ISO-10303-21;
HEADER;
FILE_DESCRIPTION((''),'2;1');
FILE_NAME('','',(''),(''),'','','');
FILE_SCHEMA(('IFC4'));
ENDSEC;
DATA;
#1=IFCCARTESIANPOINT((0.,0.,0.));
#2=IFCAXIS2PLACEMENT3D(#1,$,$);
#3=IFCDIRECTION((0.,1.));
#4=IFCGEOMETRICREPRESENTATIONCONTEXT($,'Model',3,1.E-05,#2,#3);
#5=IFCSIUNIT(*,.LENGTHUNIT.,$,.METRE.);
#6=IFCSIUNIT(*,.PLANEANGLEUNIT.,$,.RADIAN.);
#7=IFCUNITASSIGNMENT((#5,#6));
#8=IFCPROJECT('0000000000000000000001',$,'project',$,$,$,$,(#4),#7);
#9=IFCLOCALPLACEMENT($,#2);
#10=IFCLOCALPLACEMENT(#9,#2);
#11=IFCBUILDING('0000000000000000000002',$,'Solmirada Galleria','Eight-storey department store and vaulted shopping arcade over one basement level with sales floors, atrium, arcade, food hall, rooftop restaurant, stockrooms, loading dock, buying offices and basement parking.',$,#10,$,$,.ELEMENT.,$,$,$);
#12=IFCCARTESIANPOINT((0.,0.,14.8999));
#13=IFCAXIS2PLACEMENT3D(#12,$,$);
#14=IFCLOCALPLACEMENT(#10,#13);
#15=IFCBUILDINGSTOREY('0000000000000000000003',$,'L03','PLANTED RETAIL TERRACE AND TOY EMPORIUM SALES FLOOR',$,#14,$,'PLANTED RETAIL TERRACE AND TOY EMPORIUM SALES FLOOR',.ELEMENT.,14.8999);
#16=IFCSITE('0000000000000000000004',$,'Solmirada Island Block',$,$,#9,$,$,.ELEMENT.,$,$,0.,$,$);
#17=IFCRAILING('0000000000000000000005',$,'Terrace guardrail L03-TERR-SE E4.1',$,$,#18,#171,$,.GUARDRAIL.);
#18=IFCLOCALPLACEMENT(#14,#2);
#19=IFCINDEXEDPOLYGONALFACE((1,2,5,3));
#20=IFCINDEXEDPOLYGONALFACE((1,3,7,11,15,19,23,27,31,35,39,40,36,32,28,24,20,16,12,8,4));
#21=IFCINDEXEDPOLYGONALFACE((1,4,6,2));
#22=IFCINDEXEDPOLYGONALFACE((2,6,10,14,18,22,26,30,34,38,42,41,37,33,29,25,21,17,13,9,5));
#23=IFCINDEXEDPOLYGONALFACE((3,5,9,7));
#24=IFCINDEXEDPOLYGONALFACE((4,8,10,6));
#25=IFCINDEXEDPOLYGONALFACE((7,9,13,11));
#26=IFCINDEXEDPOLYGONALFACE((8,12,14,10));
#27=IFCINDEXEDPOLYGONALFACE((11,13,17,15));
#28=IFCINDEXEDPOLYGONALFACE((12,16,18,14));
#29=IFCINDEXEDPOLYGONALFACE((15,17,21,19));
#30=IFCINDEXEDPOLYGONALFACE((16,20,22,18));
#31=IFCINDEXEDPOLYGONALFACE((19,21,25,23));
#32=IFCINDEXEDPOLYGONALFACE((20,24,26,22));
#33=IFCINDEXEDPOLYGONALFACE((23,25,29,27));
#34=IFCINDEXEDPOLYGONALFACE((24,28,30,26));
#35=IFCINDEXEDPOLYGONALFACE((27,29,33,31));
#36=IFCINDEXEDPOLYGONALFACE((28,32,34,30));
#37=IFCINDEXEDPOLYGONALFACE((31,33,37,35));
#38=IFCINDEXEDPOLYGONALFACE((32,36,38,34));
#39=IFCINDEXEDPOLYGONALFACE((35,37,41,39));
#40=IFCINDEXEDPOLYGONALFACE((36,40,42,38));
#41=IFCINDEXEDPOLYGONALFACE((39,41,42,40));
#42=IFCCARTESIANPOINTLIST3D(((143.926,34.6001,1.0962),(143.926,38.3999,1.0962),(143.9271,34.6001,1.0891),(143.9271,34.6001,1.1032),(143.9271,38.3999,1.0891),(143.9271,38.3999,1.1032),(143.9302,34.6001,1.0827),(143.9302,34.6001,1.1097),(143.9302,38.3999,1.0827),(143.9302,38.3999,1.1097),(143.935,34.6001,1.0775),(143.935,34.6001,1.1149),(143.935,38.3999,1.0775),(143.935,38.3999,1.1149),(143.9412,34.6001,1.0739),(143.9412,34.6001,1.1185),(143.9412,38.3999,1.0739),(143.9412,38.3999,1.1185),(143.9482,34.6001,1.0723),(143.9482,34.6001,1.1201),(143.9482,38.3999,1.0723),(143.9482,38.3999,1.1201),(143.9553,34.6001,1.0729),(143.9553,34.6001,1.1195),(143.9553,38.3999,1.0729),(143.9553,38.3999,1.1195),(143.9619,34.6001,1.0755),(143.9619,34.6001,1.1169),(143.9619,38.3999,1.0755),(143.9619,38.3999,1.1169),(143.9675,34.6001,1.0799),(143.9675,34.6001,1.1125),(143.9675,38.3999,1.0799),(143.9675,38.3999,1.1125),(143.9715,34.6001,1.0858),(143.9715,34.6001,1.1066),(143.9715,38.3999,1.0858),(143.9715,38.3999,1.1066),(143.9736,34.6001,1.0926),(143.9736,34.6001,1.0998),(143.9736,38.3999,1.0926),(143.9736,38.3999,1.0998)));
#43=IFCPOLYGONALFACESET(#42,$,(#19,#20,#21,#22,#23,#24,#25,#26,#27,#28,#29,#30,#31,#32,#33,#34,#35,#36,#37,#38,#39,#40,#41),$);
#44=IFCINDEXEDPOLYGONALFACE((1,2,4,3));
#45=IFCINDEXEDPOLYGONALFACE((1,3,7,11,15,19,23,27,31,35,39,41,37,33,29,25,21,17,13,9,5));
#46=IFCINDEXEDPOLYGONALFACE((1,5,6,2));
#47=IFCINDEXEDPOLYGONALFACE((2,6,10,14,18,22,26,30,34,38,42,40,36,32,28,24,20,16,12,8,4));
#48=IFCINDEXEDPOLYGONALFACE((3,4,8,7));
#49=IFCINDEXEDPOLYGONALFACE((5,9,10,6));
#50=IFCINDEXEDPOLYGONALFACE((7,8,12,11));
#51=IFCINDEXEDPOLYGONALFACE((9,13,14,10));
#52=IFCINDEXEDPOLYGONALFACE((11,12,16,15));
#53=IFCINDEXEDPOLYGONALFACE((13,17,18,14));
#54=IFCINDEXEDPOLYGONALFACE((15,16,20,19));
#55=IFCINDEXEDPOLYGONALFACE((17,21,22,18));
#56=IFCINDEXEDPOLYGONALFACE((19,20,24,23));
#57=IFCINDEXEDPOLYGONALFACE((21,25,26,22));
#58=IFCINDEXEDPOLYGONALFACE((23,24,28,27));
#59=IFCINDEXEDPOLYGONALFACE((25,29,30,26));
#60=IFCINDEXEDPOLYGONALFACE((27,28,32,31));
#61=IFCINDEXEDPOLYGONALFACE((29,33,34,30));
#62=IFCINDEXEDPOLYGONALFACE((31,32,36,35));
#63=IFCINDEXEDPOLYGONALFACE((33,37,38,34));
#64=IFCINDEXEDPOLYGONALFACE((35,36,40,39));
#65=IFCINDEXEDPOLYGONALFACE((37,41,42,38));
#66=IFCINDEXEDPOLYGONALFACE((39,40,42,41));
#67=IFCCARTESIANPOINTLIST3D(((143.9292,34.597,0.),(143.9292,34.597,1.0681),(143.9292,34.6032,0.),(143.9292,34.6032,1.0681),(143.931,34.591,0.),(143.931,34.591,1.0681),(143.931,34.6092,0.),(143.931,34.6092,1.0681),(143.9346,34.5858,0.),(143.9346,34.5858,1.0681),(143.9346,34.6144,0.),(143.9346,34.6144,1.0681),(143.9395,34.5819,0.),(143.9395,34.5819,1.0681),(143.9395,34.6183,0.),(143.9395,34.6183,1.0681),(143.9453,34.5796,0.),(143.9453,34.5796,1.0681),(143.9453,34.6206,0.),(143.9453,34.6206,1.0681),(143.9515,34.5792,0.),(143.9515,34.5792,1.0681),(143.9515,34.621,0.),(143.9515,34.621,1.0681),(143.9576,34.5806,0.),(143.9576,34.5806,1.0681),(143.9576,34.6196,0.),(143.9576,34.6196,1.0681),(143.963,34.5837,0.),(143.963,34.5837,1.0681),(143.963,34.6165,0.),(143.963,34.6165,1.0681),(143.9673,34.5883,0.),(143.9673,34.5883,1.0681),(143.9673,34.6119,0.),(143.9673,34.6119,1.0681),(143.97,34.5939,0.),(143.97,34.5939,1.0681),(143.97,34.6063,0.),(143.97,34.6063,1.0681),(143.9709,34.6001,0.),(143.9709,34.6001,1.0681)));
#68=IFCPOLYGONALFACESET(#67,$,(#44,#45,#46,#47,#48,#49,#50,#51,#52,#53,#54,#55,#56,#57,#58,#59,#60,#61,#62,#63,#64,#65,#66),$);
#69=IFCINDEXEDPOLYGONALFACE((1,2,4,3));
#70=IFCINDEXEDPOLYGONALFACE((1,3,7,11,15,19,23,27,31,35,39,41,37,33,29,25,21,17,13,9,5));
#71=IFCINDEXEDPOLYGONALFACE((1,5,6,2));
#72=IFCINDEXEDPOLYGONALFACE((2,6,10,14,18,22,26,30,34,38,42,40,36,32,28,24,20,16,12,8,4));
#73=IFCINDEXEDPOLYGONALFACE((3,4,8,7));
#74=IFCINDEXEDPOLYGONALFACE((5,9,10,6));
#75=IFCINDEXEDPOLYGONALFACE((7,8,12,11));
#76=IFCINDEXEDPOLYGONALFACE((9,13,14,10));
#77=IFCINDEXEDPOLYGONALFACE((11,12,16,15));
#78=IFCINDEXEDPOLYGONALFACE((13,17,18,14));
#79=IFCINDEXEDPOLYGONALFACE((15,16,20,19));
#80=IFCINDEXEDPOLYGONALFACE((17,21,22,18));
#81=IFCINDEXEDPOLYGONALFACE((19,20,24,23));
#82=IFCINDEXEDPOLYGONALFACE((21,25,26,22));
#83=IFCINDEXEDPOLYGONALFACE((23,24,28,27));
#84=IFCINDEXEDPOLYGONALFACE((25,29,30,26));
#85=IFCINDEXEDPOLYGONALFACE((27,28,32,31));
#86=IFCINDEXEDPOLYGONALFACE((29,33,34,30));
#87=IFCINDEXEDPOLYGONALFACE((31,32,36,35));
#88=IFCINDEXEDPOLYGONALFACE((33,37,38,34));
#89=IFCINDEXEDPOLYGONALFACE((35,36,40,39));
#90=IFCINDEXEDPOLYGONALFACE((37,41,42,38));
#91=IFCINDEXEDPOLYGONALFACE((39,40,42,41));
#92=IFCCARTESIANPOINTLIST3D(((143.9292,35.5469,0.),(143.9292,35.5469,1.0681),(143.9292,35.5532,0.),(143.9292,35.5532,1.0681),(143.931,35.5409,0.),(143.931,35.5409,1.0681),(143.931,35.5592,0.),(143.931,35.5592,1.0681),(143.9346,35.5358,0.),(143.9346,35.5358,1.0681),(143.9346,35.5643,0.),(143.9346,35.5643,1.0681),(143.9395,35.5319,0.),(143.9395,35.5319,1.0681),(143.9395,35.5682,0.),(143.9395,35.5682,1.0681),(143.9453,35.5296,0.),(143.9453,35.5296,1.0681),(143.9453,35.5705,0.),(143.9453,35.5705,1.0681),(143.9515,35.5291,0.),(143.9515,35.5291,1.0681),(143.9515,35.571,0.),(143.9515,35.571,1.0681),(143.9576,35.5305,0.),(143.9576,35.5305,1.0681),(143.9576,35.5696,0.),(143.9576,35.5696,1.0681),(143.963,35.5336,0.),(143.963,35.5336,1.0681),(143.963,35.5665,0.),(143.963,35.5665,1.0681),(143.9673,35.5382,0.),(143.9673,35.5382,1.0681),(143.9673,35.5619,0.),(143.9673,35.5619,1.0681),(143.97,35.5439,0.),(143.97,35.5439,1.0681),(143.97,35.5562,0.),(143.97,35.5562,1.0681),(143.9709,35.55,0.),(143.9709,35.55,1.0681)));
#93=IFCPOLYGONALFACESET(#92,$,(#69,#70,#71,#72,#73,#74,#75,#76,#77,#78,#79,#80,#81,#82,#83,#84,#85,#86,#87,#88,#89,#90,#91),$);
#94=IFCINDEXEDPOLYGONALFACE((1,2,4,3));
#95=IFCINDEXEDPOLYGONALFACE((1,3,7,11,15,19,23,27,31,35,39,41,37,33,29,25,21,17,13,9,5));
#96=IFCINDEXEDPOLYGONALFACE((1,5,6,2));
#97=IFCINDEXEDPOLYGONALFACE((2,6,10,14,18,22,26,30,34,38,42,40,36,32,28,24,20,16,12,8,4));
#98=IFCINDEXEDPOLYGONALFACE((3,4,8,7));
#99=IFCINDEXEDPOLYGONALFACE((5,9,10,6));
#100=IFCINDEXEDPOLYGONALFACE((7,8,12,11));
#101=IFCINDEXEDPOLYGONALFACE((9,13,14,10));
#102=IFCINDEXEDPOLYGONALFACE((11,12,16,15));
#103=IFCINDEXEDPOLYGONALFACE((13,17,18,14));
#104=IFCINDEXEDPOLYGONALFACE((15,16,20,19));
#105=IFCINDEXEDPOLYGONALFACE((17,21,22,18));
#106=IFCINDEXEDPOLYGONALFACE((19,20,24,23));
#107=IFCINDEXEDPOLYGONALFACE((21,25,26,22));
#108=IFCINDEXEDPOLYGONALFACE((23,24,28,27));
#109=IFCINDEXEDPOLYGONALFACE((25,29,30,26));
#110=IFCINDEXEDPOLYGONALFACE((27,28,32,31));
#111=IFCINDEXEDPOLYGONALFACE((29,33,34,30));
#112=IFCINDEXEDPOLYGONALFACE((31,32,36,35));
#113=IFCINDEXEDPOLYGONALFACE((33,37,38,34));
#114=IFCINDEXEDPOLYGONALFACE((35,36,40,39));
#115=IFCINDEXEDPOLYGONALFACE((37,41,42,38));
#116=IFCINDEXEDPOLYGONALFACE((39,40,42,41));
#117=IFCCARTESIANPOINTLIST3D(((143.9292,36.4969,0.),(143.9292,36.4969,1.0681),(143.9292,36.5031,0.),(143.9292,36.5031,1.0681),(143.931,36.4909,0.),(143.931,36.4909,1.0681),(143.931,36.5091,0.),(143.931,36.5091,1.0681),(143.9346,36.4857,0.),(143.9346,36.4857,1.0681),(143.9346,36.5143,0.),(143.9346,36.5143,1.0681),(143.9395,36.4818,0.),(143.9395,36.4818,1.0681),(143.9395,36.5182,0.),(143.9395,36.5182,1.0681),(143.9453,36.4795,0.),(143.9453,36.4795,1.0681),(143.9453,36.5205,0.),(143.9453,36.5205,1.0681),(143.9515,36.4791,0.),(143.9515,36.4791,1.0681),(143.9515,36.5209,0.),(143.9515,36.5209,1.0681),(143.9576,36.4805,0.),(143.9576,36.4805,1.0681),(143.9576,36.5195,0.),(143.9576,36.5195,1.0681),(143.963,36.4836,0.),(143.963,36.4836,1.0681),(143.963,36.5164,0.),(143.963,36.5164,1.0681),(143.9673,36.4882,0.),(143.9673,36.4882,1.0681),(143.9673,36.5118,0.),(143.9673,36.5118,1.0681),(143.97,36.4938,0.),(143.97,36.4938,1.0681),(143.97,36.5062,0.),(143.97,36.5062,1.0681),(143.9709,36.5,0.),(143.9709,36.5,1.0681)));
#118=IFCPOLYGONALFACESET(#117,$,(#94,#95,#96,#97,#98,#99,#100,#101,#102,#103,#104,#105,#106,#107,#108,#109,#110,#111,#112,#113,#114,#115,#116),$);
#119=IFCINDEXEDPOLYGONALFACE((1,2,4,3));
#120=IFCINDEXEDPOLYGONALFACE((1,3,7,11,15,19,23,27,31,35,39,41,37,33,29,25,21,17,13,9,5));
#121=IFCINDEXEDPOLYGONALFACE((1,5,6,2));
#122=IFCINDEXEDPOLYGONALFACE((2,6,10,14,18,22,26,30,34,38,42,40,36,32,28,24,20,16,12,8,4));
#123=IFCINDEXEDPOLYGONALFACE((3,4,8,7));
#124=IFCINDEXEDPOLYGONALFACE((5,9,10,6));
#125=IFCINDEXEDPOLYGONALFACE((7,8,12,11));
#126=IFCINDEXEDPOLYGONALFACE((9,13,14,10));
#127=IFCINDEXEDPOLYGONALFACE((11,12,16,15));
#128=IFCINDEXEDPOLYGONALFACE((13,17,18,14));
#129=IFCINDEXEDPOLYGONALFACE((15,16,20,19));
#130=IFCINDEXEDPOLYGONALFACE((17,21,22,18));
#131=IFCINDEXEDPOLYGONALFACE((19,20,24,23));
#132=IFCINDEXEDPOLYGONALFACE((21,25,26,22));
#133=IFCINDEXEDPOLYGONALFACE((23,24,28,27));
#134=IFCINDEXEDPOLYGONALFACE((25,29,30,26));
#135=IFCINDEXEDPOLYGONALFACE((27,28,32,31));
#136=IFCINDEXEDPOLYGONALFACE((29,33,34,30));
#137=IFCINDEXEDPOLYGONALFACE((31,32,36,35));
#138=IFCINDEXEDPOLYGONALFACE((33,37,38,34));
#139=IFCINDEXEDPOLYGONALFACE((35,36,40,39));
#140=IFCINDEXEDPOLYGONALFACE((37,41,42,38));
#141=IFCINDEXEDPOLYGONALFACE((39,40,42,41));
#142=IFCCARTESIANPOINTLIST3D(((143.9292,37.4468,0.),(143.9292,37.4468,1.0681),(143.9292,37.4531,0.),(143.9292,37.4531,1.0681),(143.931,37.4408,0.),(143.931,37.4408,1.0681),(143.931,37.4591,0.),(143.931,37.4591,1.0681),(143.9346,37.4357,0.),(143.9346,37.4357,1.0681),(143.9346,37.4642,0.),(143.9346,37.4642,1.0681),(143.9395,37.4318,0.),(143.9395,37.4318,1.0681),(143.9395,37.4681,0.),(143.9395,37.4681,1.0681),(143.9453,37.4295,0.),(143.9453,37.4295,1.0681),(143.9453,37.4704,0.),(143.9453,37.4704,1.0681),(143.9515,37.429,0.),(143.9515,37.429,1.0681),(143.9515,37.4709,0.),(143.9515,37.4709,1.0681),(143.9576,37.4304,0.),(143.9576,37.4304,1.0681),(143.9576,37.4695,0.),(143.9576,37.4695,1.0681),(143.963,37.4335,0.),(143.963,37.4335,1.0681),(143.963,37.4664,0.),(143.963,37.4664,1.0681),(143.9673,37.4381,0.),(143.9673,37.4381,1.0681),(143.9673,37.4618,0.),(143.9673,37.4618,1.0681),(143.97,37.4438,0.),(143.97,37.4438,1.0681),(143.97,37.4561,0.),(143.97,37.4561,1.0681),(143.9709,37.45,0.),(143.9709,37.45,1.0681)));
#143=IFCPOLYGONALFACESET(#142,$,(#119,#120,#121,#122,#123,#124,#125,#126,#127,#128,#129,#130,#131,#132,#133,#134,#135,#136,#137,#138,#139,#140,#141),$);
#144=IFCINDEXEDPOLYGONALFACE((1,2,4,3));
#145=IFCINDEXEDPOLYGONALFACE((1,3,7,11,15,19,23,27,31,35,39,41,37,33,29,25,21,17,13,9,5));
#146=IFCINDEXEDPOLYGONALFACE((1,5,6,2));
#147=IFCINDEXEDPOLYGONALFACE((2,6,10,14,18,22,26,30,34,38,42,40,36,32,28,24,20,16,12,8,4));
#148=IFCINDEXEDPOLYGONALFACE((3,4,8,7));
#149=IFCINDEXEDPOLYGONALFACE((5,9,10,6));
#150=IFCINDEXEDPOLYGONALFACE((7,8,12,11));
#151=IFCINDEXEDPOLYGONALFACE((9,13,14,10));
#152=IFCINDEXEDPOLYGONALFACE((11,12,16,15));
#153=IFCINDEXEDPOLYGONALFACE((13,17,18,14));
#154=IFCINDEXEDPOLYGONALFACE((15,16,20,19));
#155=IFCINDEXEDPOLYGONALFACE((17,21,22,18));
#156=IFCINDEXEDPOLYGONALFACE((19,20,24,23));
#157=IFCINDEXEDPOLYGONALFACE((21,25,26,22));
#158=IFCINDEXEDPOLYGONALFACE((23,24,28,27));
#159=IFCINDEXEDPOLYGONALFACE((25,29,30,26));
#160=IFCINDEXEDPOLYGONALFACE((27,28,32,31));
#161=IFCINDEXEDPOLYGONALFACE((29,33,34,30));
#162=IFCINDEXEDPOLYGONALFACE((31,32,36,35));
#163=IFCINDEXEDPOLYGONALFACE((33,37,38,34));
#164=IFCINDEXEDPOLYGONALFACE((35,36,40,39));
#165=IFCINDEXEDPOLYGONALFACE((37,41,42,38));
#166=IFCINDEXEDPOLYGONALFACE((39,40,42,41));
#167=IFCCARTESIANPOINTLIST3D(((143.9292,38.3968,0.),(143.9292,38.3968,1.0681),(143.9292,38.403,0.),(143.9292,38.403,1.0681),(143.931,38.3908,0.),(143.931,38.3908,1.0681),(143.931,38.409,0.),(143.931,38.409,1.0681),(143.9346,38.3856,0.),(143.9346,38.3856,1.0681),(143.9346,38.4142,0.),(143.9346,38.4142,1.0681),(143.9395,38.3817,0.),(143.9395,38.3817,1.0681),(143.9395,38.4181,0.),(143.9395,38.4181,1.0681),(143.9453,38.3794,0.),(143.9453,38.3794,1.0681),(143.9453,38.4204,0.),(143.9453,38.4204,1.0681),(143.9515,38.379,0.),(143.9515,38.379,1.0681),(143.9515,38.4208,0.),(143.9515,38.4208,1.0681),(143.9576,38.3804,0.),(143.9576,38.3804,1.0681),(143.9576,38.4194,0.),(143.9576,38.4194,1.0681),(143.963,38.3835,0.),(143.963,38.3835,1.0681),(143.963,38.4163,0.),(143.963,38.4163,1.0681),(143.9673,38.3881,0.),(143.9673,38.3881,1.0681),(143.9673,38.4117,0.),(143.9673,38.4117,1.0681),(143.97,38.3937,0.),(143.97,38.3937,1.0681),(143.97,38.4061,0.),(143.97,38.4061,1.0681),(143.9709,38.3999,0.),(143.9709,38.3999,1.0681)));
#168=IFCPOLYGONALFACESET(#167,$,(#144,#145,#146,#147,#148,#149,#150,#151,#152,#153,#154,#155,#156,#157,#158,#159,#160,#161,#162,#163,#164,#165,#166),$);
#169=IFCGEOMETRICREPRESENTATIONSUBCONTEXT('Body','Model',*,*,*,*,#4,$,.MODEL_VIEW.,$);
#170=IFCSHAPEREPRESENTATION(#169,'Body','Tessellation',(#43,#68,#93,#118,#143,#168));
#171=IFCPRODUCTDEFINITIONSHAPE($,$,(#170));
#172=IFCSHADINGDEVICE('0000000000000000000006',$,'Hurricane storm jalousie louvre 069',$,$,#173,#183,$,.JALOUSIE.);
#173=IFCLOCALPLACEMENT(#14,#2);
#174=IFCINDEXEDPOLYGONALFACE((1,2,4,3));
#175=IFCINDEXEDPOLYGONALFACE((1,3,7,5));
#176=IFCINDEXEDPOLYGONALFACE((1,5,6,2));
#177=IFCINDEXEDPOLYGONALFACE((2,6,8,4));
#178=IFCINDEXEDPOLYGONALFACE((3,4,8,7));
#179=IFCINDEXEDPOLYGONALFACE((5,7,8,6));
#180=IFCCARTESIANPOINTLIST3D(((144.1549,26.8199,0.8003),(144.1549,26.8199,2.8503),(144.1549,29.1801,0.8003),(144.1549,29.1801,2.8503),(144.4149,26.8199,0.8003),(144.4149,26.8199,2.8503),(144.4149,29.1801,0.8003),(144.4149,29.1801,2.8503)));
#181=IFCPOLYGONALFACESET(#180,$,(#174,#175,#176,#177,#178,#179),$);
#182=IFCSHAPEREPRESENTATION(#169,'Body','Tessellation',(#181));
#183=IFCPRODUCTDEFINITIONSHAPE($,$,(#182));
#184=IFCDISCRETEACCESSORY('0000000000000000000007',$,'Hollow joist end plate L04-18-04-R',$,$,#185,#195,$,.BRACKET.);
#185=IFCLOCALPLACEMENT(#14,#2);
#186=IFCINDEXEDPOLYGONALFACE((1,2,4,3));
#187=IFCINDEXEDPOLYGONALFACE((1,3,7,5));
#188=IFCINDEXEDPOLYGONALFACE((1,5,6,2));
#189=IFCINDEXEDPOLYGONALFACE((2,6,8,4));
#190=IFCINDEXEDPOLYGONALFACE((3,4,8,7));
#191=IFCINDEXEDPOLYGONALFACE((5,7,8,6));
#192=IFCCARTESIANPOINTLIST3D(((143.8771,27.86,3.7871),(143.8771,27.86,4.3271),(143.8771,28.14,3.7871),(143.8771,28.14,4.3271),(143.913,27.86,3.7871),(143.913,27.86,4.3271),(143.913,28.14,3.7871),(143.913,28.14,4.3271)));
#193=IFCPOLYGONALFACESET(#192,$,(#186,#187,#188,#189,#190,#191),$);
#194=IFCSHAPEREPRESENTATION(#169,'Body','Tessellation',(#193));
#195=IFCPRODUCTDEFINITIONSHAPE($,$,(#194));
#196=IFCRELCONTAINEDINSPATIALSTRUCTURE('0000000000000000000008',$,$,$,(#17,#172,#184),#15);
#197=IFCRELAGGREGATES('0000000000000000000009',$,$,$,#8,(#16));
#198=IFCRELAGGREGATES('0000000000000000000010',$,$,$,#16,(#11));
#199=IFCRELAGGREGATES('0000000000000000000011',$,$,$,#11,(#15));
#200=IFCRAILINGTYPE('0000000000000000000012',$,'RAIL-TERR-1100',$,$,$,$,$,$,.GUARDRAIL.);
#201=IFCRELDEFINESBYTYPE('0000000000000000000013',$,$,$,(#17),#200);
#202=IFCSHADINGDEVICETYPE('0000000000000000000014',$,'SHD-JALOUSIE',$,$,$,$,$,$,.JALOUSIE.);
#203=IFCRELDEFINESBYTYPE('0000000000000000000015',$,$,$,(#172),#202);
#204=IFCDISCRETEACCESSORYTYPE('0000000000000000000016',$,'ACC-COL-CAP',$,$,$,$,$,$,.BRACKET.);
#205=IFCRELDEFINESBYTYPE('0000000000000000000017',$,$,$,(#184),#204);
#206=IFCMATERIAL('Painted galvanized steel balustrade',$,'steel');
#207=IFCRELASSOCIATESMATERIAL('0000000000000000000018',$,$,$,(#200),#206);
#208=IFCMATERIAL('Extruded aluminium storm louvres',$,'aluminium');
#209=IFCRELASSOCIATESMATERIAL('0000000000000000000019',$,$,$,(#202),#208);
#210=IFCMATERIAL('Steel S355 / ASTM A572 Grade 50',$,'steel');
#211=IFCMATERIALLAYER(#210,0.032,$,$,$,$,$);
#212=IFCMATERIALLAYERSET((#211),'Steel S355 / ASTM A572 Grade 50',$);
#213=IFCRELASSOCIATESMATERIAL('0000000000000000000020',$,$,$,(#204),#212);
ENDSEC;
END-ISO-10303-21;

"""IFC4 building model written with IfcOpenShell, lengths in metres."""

from ifc_helpers import new_model, si_unit, direction, frame, origin, origin_2d, place, context, subcontext, project, spatial, rectangle, circle, extrude, material, layer, layer_set, type_object, element, save


model = new_model("IFC4")

# Units and contexts
model_context = context("Model", 3, precision=1e-05, world=origin(), true_north=direction((0.0, 1.0)))
body_context = subcontext(model_context, "Body", "Model", "MODEL_VIEW")
ifc_project = project(units=[si_unit("LENGTHUNIT", "METRE"), si_unit("PLANEANGLEUNIT", "RADIAN")], contexts=[model_context])

# Site, building, storey
site_placement = place(None, origin())
site = spatial("IfcSite", under=ifc_project, at=site_placement, Name="Solmirada Island Block", CompositionType="ELEMENT", RefElevation=0.0)
building_placement = place(site_placement, origin())
building = spatial("IfcBuilding", under=site, at=building_placement, Name="Solmirada Galleria", Description="Eight-storey department store and vaulted shopping arcade over one basement level with sales floors, atrium, arcade, food hall, rooftop restaurant, stockrooms, loading dock, buying offices and basement parking.", CompositionType="ELEMENT")
storey_placement = place(building_placement, frame((0.0, 0.0, 14.8999)))
storey = spatial("IfcBuildingStorey", under=building, at=storey_placement, Name="L03", Description="PLANTED RETAIL TERRACE AND TOY EMPORIUM SALES FLOOR", LongName="PLANTED RETAIL TERRACE AND TOY EMPORIUM SALES FLOOR", CompositionType="ELEMENT", Elevation=14.8999)

# Railing
ifc_material_1 = material(Name="Painted galvanized steel balustrade", Category="steel")
railing_type = type_object("IfcRailingType", Name="RAIL-TERR-1100", PredefinedType="GUARDRAIL", material=ifc_material_1)
railing_1_placement = place(storey_placement, frame((143.95, 34.6001, 0.0)))
element("IfcRailing", 1, at=railing_1_placement, inside=storey, type_object=railing_type, Name="Terrace guardrail L03-TERR-SE E4.1", PredefinedType="GUARDRAIL", context=body_context, shape_type="SweptSolid", body=[
    extrude(circle(Radius=0.0239, at=origin_2d()), frame((0.0, 0.0, 1.0962), z_axis=(0.0, 1.0, 0.0), x_axis=(-1.0, 0.0, 0.0)), (0.0, 0.0, 1.0), 3.7998),
    extrude(circle(Radius=0.021, at=origin_2d()), origin(), (0.0, 0.0, 1.0), 1.0681),
    extrude(circle(Radius=0.021, at=origin_2d()), frame((0.0, 0.95, 0.0)), (0.0, 0.0, 1.0), 1.0681),
    extrude(circle(Radius=0.021, at=origin_2d()), frame((0.0, 1.8999, 0.0)), (0.0, 0.0, 1.0), 1.0681),
    extrude(circle(Radius=0.021, at=origin_2d()), frame((0.0, 2.8499, 0.0)), (0.0, 0.0, 1.0), 1.0681),
    extrude(circle(Radius=0.021, at=origin_2d()), frame((0.0, 3.7998, 0.0)), (0.0, 0.0, 1.0), 1.0681),
])

# Shading device
ifc_material_2 = material(Name="Extruded aluminium storm louvres", Category="aluminium")
shading_device_type = type_object("IfcShadingDeviceType", Name="SHD-JALOUSIE", PredefinedType="JALOUSIE", material=ifc_material_2)
shading_device_placement = place(storey_placement, frame((144.2849, 28.0, 0.8003), z_axis=(0.0, 0.0, 1.0), x_axis=(0.0, -1.0, 0.0)))
element("IfcShadingDevice", 2, at=shading_device_placement, inside=storey, type_object=shading_device_type, Name="Hurricane storm jalousie louvre 069", PredefinedType="JALOUSIE", context=body_context, shape_type="SweptSolid", body=[
    extrude(rectangle(XDim=2.3601, YDim=0.26, at=origin_2d()), origin(), (0.0, 0.0, 1.0), 2.05),
])

# Discrete accessory
ifc_material_3 = material(Name="Steel S355 / ASTM A572 Grade 50", Category="steel")
ifc_layer_1 = layer(ifc_material_3, 0.032)
ifc_layer_set_1 = layer_set([ifc_layer_1], Name="Steel S355 / ASTM A572 Grade 50")
discrete_accessory_type = type_object("IfcDiscreteAccessoryType", Name="ACC-COL-CAP", PredefinedType="BRACKET", material=ifc_layer_set_1)
discrete_accessory_placement = place(storey_placement, frame((143.895, 28.0, 3.7871), z_axis=(0.0, 0.0, 1.0), x_axis=(1.0, 0.0, 0.0)))
element("IfcDiscreteAccessory", 3, at=discrete_accessory_placement, inside=storey, type_object=discrete_accessory_type, Name="Hollow joist end plate L04-18-04-R", PredefinedType="BRACKET", context=body_context, shape_type="SweptSolid", body=[
    extrude(rectangle(XDim=0.0359, YDim=0.28, at=origin_2d()), origin(), (0.0, 0.0, 1.0), 0.54),
])

save(model, "model.ifc")
